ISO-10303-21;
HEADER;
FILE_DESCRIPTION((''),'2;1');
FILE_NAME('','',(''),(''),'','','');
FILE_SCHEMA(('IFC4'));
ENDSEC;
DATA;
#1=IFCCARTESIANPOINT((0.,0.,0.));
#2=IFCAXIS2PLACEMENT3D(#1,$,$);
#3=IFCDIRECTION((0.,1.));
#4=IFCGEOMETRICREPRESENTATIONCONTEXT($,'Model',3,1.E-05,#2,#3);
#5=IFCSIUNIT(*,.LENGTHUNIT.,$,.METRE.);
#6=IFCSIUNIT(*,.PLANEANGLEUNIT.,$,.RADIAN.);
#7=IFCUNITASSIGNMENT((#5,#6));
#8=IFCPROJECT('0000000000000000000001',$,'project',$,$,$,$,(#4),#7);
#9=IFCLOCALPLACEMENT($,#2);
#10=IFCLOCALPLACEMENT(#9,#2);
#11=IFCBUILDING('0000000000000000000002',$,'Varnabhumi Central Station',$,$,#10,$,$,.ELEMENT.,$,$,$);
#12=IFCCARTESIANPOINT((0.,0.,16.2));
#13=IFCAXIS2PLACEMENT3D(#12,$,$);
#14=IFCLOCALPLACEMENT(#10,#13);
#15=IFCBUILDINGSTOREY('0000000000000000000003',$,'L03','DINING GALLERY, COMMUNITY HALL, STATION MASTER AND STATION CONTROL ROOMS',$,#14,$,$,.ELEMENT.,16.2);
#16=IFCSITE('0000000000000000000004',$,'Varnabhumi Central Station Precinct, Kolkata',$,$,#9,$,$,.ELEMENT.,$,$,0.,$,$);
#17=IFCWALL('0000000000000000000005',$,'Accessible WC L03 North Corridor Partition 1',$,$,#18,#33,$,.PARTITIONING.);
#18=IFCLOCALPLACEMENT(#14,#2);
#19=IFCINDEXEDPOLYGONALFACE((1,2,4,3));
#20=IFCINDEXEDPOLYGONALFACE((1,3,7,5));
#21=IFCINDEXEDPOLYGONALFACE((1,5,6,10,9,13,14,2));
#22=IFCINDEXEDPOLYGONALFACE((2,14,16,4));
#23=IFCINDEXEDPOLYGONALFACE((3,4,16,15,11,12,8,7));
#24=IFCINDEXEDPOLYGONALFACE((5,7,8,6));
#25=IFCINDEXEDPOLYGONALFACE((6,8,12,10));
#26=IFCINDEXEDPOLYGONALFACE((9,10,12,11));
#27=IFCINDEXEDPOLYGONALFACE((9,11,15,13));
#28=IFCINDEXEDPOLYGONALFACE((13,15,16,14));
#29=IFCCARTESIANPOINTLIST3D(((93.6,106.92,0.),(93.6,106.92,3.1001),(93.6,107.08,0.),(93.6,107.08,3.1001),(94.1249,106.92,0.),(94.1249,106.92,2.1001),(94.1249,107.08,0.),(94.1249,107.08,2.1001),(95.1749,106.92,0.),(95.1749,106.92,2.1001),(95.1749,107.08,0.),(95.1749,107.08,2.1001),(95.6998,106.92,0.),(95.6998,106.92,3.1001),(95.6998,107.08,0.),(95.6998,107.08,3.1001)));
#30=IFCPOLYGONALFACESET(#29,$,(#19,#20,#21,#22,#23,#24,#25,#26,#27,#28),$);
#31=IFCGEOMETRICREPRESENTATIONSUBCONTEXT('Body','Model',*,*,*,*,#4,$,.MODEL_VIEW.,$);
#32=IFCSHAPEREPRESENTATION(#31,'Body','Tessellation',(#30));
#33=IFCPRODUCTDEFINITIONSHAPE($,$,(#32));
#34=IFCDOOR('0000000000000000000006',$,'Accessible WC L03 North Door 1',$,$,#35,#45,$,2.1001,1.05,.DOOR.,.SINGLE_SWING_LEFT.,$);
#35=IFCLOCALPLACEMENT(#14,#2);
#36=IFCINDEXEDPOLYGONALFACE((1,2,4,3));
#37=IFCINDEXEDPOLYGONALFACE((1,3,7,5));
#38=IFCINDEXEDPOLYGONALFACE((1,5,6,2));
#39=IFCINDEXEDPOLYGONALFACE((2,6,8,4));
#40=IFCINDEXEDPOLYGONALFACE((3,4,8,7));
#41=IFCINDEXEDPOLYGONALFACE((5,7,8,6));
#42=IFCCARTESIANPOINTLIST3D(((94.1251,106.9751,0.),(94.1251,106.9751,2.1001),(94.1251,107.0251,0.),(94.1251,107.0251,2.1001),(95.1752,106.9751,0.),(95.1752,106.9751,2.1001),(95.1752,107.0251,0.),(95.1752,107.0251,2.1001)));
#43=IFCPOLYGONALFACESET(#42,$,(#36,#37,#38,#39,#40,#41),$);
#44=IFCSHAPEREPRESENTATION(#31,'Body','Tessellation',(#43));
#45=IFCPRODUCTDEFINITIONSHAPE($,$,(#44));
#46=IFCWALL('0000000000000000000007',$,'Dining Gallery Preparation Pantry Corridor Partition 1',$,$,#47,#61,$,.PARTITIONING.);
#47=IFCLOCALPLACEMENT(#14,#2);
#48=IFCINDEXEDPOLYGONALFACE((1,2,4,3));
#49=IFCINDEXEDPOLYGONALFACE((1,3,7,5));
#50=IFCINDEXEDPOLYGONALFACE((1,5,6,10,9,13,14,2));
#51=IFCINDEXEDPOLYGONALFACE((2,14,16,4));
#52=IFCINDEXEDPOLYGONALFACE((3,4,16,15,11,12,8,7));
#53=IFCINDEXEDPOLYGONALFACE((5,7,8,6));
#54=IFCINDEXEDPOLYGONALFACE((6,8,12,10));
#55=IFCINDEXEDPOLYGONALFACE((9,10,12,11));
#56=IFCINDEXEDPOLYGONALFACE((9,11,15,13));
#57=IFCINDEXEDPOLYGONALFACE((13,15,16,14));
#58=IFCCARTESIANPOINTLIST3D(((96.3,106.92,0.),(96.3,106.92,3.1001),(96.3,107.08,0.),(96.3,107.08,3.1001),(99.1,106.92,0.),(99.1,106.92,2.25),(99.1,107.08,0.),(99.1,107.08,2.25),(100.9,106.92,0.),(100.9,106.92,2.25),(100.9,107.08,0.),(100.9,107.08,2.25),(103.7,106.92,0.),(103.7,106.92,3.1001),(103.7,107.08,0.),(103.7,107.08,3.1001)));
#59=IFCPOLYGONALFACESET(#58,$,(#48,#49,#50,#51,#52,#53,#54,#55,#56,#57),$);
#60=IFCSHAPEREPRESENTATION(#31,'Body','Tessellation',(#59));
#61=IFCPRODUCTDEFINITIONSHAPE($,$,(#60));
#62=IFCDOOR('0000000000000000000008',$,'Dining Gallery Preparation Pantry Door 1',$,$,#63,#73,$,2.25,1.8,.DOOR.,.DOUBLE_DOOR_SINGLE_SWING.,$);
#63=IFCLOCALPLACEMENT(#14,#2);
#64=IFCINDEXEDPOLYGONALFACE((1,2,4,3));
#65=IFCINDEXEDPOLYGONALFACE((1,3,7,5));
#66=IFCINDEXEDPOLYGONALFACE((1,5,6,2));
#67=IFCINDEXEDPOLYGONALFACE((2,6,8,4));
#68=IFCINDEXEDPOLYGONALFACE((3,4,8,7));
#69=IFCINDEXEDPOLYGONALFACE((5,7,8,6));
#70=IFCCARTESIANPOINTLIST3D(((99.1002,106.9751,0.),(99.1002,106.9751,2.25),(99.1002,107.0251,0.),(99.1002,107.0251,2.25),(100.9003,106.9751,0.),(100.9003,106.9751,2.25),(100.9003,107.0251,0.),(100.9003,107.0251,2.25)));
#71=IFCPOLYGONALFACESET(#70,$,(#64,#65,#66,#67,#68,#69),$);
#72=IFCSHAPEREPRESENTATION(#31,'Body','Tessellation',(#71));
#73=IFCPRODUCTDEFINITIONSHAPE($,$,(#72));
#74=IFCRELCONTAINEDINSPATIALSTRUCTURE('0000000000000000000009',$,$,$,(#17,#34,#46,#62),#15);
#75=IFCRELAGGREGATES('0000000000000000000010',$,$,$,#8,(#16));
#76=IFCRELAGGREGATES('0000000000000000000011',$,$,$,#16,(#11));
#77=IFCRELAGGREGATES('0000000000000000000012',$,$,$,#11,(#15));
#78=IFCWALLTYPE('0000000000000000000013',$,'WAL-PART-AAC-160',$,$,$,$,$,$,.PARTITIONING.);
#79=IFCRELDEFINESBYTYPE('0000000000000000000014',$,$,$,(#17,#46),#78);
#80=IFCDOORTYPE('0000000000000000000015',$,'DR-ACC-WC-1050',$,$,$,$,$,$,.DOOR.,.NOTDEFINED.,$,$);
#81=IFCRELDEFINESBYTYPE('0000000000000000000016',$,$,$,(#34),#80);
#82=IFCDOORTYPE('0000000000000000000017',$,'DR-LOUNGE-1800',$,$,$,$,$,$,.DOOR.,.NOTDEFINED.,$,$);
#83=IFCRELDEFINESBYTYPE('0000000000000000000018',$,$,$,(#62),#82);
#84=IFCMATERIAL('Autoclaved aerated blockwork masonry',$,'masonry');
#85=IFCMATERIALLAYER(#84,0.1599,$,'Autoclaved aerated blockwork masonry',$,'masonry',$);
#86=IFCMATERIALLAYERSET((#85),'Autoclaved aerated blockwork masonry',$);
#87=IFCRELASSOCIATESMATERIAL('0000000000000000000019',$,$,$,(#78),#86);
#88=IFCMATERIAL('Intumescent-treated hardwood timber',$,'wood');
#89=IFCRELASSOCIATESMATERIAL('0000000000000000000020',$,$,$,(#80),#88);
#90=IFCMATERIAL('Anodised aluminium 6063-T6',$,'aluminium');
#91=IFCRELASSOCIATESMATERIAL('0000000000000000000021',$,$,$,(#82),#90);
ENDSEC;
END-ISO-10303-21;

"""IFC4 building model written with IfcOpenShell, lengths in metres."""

from ifc_helpers import new_model, si_unit, direction, frame, frame_2d, origin, place, context, subcontext, project, spatial, rectangle, extrude, material, layer, layer_set, type_object, element, fill, save


model = new_model("IFC4")

# Units and contexts
model_context = context("Model", 3, precision=1e-05, world=origin(), true_north=direction((0.0, 1.0)))
body_context = subcontext(model_context, "Body", "Model", "MODEL_VIEW")
ifc_project = project(units=[si_unit("LENGTHUNIT", "METRE"), si_unit("PLANEANGLEUNIT", "RADIAN")], contexts=[model_context])

# Site, building, storey
site_placement = place(None, origin())
site = spatial("IfcSite", under=ifc_project, at=site_placement, Name="Varnabhumi Central Station Precinct, Kolkata", CompositionType="ELEMENT", RefElevation=0.0)
building_placement = place(site_placement, origin())
building = spatial("IfcBuilding", under=site, at=building_placement, Name="Varnabhumi Central Station", CompositionType="ELEMENT")
storey_placement = place(building_placement, frame((0.0, 0.0, 16.2)))
storey = spatial("IfcBuildingStorey", under=building, at=storey_placement, Name="L03", Description="DINING GALLERY, COMMUNITY HALL, STATION MASTER AND STATION CONTROL ROOMS", CompositionType="ELEMENT", Elevation=16.2)

# Shared definitions
ifc_material_1 = material(Name="Autoclaved aerated blockwork masonry", Category="masonry")
ifc_layer = layer(ifc_material_1, 0.1599, Name="Autoclaved aerated blockwork masonry", Category="masonry")
ifc_layer_set = layer_set([ifc_layer], Name="Autoclaved aerated blockwork masonry")
wall_type = type_object("IfcWallType", Name="WAL-PART-AAC-160", PredefinedType="PARTITIONING", material=ifc_layer_set)
ifc_material_2 = material(Name="Intumescent-treated hardwood timber", Category="wood")

# Walls, openings, doors
wall_1_placement = place(storey_placement, frame((93.6001, 107.0, 0.0), z_axis=(0.0, 0.0, 1.0), x_axis=(1.0, 0.0, 0.0)))
wall_1 = element("IfcWall", 1, at=wall_1_placement, inside=storey, type_object=wall_type, Name="Accessible WC L03 North Corridor Partition 1", PredefinedType="PARTITIONING", context=body_context, shape_type="SweptSolid", body=[
    extrude(rectangle(XDim=2.0999, YDim=0.1599, at=frame_2d((1.0498, 0.0))), origin(), (0.0, 0.0, 1.0), 3.1001),
])
opening_1_placement = place(wall_1_placement, frame((0.5249, 0.0, 0.0)))
opening_1 = element("IfcOpeningElement", 2, at=opening_1_placement, cuts=wall_1, PredefinedType="OPENING", context=body_context, shape_type="SweptSolid", body=[
    extrude(rectangle(XDim=1.05, YDim=2.1001, at=frame_2d((0.5249, 1.05))), frame((0.0, 0.0898, 0.0), z_axis=(0.0, -1.0, 0.0), x_axis=(1.0, 0.0, 0.0)), (0.0, 0.0, 1.0), 0.1799),
])
door_type_1 = type_object("IfcDoorType", Name="DR-ACC-WC-1050", OperationType="NOTDEFINED", PredefinedType="DOOR", material=ifc_material_2)
door_1_placement = place(opening_1_placement, frame((1.05, 0.0, 0.0), z_axis=(0.0, 0.0, 1.0), x_axis=(-1.0, 0.0, 0.0)))
door_1 = element("IfcDoor", 3, at=door_1_placement, inside=storey, type_object=door_type_1, Name="Accessible WC L03 North Door 1", OperationType="SINGLE_SWING_LEFT", OverallHeight=2.1001, OverallWidth=1.05, PredefinedType="DOOR", context=body_context, shape_type="SweptSolid", body=[
    extrude(rectangle(XDim=1.05, YDim=2.1001, at=frame_2d((0.5249, 1.05))), frame((0.0, 0.0249, 0.0), z_axis=(0.0, -1.0, 0.0), x_axis=(1.0, 0.0, 0.0)), (0.0, 0.0, 1.0), 0.05),
])
fill(opening_1, door_1)
wall_2_placement = place(storey_placement, frame((96.3, 107.0, 0.0), z_axis=(0.0, 0.0, 1.0), x_axis=(1.0, 0.0, 0.0)))
wall_2 = element("IfcWall", 4, at=wall_2_placement, inside=storey, type_object=wall_type, Name="Dining Gallery Preparation Pantry Corridor Partition 1", PredefinedType="PARTITIONING", context=body_context, shape_type="SweptSolid", body=[
    extrude(rectangle(XDim=7.3999, YDim=0.1599, at=frame_2d((3.7, 0.0))), origin(), (0.0, 0.0, 1.0), 3.1001),
])
opening_2_placement = place(wall_2_placement, frame((2.8, 0.0, 0.0)))
opening_2 = element("IfcOpeningElement", 5, at=opening_2_placement, cuts=wall_2, PredefinedType="OPENING", context=body_context, shape_type="SweptSolid", body=[
    extrude(rectangle(XDim=1.8, YDim=2.25, at=frame_2d((0.8999, 1.125))), frame((0.0, 0.0898, 0.0), z_axis=(0.0, -1.0, 0.0), x_axis=(1.0, 0.0, 0.0)), (0.0, 0.0, 1.0), 0.1799),
])
ifc_material_3 = material(Name="Anodised aluminium 6063-T6", Category="aluminium")
door_type_2 = type_object("IfcDoorType", Name="DR-LOUNGE-1800", OperationType="NOTDEFINED", PredefinedType="DOOR", material=ifc_material_3)
door_2_placement = place(opening_2_placement, frame((1.8, 0.0, 0.0), z_axis=(0.0, 0.0, 1.0), x_axis=(-1.0, 0.0, 0.0)))
door_2 = element("IfcDoor", 6, at=door_2_placement, inside=storey, type_object=door_type_2, Name="Dining Gallery Preparation Pantry Door 1", OperationType="DOUBLE_DOOR_SINGLE_SWING", OverallHeight=2.25, OverallWidth=1.8, PredefinedType="DOOR", context=body_context, shape_type="SweptSolid", body=[
    extrude(rectangle(XDim=1.8, YDim=2.25, at=frame_2d((0.8999, 1.125))), frame((0.0, 0.0249, 0.0), z_axis=(0.0, -1.0, 0.0), x_axis=(1.0, 0.0, 0.0)), (0.0, 0.0, 1.0), 0.05),
])
fill(opening_2, door_2)

save(model, "model.ifc")
